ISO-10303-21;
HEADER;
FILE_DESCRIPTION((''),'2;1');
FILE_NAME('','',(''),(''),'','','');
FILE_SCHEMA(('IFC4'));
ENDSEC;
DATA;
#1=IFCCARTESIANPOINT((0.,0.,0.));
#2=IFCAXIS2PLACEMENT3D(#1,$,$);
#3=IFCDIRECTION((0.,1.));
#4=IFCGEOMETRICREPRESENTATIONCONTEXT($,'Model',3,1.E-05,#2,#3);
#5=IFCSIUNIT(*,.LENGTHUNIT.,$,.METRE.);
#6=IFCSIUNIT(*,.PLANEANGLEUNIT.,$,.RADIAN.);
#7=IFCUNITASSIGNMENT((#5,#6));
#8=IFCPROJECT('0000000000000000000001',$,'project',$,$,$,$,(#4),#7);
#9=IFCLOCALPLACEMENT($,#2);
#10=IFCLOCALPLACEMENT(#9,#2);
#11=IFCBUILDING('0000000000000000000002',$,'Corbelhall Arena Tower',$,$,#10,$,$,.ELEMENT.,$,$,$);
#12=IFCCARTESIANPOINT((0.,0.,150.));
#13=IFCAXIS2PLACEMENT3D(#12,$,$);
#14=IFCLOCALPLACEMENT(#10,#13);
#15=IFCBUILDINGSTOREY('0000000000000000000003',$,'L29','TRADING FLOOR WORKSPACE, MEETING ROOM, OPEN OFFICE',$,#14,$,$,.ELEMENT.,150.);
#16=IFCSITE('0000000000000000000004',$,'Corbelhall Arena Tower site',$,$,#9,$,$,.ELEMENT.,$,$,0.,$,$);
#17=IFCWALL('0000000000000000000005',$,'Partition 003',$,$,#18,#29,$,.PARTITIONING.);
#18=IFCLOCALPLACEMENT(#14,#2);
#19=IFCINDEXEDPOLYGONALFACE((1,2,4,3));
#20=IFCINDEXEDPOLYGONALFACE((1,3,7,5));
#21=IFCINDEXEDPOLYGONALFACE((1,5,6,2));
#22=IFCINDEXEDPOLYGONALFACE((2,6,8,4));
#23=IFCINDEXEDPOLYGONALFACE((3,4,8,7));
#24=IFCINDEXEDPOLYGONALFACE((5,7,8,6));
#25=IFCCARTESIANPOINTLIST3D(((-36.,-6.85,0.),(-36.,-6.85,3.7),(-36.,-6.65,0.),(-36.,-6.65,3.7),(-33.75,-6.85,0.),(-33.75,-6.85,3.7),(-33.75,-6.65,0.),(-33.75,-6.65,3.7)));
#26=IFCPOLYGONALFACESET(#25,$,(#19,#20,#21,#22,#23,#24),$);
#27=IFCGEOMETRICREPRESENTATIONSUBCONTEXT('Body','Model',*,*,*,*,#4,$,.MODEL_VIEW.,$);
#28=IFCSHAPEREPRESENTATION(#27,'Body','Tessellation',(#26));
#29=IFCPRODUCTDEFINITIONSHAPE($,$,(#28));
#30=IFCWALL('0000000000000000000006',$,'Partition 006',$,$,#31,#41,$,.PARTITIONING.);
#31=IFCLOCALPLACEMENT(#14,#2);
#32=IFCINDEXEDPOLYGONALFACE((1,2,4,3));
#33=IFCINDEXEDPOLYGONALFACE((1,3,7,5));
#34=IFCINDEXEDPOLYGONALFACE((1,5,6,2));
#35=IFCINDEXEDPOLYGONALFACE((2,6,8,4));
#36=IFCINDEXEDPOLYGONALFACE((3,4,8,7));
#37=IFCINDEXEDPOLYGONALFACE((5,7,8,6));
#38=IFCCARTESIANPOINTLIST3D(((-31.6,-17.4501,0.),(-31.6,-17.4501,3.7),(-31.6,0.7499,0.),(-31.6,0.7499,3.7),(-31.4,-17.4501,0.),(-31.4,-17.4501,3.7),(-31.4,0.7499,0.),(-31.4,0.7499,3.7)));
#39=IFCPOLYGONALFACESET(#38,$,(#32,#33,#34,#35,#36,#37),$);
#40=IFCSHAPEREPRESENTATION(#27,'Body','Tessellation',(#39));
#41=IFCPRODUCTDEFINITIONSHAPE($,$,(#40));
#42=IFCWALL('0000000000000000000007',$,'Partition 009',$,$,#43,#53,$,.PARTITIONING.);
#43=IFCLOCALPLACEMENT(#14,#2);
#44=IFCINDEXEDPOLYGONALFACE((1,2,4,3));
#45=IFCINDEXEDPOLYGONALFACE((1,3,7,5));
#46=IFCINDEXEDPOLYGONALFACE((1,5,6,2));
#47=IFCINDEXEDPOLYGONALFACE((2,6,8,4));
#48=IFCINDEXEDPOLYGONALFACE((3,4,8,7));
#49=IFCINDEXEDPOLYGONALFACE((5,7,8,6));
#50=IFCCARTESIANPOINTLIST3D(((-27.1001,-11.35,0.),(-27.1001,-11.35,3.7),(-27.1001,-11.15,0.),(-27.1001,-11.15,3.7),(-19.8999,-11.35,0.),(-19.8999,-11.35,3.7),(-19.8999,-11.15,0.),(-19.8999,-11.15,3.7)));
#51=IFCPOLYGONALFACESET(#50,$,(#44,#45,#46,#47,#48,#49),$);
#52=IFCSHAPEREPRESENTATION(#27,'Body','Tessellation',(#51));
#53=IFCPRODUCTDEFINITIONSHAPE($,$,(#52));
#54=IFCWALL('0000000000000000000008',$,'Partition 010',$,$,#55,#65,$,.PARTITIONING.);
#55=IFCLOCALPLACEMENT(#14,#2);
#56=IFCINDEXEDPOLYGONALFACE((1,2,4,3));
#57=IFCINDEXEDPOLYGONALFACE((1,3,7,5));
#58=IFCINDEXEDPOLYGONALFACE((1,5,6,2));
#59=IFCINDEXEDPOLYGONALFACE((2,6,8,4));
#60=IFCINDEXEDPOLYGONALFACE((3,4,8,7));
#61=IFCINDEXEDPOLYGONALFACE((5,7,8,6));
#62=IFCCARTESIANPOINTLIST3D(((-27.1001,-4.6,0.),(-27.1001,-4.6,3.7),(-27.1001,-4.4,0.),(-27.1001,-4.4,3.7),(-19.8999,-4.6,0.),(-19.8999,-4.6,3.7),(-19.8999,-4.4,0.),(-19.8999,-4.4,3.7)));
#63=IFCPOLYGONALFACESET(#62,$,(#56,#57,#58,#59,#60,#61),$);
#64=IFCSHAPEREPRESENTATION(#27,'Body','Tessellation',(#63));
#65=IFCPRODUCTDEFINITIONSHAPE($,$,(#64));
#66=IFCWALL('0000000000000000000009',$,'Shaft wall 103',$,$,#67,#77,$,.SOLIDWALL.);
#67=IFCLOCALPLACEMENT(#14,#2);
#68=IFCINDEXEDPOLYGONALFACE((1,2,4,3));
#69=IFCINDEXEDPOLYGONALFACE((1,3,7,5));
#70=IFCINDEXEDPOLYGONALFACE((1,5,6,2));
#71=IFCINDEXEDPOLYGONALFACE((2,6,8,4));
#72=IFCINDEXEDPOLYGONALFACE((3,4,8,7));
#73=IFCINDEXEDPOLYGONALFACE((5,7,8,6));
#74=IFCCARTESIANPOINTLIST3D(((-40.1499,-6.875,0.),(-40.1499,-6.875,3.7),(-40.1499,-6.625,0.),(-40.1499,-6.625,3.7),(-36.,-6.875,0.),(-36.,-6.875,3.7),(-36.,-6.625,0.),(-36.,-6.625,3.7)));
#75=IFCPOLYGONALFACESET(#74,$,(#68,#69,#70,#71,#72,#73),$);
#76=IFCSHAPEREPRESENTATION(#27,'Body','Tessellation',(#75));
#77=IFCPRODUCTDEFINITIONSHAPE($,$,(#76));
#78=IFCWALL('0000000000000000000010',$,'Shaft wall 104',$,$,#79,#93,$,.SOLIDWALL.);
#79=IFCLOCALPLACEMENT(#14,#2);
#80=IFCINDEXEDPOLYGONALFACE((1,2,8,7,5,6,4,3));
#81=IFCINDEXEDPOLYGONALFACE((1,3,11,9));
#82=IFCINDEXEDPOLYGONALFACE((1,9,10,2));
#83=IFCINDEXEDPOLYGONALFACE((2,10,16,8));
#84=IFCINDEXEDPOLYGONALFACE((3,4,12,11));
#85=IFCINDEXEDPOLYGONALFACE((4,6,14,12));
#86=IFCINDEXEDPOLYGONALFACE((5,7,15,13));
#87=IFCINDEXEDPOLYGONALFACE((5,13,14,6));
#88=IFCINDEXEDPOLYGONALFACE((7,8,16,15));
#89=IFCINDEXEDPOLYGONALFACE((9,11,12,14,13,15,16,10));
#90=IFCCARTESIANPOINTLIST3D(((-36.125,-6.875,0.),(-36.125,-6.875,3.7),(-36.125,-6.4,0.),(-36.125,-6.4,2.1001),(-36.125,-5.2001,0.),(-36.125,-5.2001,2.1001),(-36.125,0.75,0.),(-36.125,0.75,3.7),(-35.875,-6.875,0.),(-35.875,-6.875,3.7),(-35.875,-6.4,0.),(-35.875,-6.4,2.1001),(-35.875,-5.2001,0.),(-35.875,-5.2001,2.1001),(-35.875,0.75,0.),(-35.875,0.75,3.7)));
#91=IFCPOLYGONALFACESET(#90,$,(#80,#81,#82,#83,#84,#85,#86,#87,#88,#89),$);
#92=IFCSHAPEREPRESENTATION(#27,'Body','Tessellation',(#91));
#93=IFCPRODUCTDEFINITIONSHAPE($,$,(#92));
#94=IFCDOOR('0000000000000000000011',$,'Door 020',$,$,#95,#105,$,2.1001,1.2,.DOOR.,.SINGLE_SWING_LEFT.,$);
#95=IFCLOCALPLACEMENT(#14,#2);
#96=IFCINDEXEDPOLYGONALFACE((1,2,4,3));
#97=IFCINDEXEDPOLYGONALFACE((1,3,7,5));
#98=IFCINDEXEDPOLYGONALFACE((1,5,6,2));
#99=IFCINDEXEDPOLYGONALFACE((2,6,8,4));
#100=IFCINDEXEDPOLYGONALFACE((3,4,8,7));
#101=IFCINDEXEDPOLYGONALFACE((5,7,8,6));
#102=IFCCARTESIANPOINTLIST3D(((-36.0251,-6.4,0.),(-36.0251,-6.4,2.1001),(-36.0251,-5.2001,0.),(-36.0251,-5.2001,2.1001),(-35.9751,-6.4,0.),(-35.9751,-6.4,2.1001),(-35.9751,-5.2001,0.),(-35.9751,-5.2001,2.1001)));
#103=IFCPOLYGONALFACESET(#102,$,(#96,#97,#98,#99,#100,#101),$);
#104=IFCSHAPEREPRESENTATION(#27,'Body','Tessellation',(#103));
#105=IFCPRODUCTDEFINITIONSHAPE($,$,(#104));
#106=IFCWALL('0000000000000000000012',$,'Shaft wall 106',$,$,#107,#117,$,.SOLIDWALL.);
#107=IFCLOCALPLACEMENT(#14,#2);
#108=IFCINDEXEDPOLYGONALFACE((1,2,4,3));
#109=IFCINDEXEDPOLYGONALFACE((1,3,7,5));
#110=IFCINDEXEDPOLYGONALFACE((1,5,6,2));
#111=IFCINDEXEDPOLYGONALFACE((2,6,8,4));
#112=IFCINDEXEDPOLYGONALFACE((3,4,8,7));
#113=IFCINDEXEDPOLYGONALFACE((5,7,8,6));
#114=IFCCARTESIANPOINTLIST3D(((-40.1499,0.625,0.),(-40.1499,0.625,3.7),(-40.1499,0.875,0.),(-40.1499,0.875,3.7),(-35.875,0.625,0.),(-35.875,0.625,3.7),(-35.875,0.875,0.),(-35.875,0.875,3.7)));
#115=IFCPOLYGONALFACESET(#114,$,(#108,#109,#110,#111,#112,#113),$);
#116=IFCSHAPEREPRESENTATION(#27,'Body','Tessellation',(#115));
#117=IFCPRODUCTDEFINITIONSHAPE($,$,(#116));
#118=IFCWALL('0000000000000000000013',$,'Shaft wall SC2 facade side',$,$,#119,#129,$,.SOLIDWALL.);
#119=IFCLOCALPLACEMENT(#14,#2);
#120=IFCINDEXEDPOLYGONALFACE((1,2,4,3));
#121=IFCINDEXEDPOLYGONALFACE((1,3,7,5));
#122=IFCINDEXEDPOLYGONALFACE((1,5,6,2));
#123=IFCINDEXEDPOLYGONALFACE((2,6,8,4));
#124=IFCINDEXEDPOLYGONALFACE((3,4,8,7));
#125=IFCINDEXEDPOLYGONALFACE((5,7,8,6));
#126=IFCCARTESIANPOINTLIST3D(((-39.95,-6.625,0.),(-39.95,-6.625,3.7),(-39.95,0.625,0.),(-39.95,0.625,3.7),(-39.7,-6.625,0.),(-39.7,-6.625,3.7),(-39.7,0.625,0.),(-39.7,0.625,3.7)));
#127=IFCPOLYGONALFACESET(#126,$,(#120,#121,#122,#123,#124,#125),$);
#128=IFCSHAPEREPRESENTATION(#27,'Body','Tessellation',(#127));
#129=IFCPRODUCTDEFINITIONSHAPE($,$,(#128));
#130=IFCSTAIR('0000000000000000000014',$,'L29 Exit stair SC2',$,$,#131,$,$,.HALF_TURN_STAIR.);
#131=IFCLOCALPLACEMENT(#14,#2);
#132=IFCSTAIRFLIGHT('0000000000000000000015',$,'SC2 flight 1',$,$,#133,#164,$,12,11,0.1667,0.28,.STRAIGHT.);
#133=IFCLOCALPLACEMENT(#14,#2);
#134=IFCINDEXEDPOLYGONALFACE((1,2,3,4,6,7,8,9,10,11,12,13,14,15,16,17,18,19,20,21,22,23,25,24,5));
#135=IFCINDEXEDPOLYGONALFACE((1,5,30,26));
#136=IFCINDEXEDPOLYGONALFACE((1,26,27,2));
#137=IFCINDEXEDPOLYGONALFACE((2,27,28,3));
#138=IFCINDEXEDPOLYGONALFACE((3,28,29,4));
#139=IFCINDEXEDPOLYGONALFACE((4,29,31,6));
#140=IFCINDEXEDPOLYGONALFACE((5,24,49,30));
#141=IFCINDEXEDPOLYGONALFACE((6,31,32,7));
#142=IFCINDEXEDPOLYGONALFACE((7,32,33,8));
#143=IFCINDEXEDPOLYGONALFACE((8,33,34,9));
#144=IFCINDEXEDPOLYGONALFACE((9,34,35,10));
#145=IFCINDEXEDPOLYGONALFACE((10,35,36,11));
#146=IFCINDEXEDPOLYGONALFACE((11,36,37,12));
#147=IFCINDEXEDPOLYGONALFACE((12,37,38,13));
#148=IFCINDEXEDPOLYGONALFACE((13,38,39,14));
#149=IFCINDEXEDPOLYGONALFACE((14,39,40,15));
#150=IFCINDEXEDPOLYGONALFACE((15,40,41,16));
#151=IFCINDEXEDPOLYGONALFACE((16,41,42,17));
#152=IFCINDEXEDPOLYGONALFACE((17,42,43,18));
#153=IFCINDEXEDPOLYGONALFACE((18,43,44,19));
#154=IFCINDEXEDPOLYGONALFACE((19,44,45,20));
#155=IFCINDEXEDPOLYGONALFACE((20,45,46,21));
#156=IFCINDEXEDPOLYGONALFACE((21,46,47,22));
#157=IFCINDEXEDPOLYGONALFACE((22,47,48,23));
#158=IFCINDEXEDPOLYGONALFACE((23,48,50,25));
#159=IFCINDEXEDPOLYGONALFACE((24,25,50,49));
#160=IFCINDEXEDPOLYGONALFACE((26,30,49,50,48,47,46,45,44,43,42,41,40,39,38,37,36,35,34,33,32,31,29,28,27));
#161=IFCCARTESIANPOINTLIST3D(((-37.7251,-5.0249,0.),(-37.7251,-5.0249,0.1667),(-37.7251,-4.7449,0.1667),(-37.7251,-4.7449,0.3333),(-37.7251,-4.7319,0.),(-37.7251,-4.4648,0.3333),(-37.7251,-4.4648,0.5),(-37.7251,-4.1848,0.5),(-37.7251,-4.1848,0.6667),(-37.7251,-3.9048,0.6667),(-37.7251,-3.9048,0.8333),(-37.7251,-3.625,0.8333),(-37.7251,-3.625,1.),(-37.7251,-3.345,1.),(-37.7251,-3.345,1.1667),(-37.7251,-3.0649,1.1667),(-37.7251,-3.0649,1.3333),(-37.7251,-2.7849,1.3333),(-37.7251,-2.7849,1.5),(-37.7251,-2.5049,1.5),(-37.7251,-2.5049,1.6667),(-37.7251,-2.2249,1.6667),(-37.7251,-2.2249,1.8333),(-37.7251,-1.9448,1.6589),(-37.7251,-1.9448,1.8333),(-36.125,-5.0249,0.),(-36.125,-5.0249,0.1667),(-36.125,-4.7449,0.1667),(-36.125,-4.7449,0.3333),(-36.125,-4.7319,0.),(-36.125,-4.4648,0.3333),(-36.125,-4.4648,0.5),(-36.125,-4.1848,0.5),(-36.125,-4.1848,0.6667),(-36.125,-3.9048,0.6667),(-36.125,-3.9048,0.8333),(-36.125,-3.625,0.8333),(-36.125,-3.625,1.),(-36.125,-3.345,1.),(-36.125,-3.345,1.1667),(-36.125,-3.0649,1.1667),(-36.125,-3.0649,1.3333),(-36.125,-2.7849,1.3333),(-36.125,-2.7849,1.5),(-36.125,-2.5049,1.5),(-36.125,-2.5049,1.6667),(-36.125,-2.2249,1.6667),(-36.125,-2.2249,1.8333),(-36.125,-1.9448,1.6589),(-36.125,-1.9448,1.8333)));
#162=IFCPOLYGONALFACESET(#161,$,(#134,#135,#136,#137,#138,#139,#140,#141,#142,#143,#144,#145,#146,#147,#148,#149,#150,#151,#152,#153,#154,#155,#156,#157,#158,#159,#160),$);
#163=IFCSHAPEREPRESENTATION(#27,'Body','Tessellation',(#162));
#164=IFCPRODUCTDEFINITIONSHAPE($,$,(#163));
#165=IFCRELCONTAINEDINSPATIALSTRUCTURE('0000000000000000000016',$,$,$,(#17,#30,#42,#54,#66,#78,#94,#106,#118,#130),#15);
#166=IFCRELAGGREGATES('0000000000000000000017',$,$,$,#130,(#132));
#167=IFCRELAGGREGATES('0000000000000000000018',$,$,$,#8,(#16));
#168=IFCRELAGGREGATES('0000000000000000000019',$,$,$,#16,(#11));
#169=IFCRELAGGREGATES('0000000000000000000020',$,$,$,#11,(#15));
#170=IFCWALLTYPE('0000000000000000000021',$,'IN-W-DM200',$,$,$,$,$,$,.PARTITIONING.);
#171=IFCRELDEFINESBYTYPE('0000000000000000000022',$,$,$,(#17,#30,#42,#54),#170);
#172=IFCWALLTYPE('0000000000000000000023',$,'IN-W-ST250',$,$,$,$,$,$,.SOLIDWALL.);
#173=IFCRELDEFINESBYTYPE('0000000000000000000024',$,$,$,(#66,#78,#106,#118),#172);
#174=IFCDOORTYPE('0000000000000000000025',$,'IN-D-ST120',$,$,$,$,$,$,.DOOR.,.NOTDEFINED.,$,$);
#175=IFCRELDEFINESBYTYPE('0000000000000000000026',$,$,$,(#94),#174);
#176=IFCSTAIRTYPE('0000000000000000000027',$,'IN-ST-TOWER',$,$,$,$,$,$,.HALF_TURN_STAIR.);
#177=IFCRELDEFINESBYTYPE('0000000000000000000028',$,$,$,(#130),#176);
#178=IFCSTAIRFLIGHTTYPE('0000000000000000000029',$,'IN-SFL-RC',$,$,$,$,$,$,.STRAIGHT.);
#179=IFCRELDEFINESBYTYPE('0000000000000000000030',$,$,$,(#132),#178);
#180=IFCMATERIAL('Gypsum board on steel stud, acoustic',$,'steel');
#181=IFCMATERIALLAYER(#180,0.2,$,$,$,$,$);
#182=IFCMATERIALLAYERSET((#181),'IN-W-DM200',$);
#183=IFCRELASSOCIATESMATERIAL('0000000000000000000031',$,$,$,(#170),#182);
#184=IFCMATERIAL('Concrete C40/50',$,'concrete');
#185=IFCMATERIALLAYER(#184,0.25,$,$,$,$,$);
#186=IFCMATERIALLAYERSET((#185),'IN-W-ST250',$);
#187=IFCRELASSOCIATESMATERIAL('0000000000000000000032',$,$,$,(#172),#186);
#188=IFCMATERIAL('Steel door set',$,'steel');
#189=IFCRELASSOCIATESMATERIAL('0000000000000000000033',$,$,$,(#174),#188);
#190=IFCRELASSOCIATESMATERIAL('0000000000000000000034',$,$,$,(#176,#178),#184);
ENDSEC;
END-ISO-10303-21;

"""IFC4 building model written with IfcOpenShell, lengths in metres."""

from ifc_helpers import new_model, si_unit, direction, frame, frame_2d, origin, place, context, subcontext, project, spatial, polyline, rectangle, outline, extrude, material, layer, layer_set, type_object, element, fill, aggregate, save


model = new_model("IFC4")

# Units and contexts
model_context = context("Model", 3, precision=1e-05, world=origin(), true_north=direction((0.0, 1.0)))
body_context = subcontext(model_context, "Body", "Model", "MODEL_VIEW")
ifc_project = project(units=[si_unit("LENGTHUNIT", "METRE"), si_unit("PLANEANGLEUNIT", "RADIAN")], contexts=[model_context])

# Site, building, storey
site_placement = place(None, origin())
site = spatial("IfcSite", under=ifc_project, at=site_placement, Name="Corbelhall Arena Tower site", CompositionType="ELEMENT", RefElevation=0.0)
building_placement = place(site_placement, origin())
building = spatial("IfcBuilding", under=site, at=building_placement, Name="Corbelhall Arena Tower", CompositionType="ELEMENT")
storey_placement = place(building_placement, frame((0.0, 0.0, 150.0)))
storey = spatial("IfcBuildingStorey", under=building, at=storey_placement, Name="L29", Description="TRADING FLOOR WORKSPACE, MEETING ROOM, OPEN OFFICE", CompositionType="ELEMENT", Elevation=150.0)

# Wall
ifc_material_1 = material(Name="Gypsum board on steel stud, acoustic", Category="steel")
ifc_layer_1 = layer(ifc_material_1, 0.2)
ifc_layer_set_1 = layer_set([ifc_layer_1], Name="IN-W-DM200")
wall_type_1 = type_object("IfcWallType", Name="IN-W-DM200", PredefinedType="PARTITIONING", material=ifc_layer_set_1)
wall_1_placement = place(storey_placement, frame((-33.75, -6.75, 0.0), z_axis=(0.0, 0.0, 1.0), x_axis=(-1.0, 0.0, 0.0)))
element("IfcWall", 1, at=wall_1_placement, inside=storey, type_object=wall_type_1, Name="Partition 003", PredefinedType="PARTITIONING", context=body_context, shape_type="SweptSolid", body=[
    extrude(rectangle(XDim=2.25, YDim=0.2, at=frame_2d((1.125, 0.0))), origin(), (0.0, 0.0, 1.0), 3.7),
])

# Shared definitions
ifc_material_2 = material(Name="Steel door set", Category="steel")

# Walls
wall_2_placement = place(storey_placement, frame((-31.5, 0.75, 0.0), z_axis=(0.0, 0.0, 1.0), x_axis=(0.0, -1.0, 0.0)))
element("IfcWall", 2, at=wall_2_placement, inside=storey, type_object=wall_type_1, Name="Partition 006", PredefinedType="PARTITIONING", context=body_context, shape_type="SweptSolid", body=[
    extrude(rectangle(XDim=18.2, YDim=0.2, at=frame_2d((9.1001, 0.0))), origin(), (0.0, 0.0, 1.0), 3.7),
])
for number, where, z_axis, x_axis, name in (
    (3, (-27.1001, -11.25, 0.0), (0.0, 0.0, 1.0), (1.0, 0.0, 0.0), "Partition 009"),
    (4, (-27.1001, -4.5, 0.0), (0.0, 0.0, 1.0), (1.0, 0.0, 0.0), "Partition 010"),
):
    element("IfcWall", number, at=place(storey_placement, frame(where, z_axis=z_axis, x_axis=x_axis)), inside=storey, type_object=wall_type_1, Name=name, PredefinedType="PARTITIONING", context=body_context, shape_type="SweptSolid", body=[
        extrude(rectangle(XDim=7.2002, YDim=0.2, at=frame_2d((3.6001, 0.0))), origin(), (0.0, 0.0, 1.0), 3.7),
    ])
ifc_material_3 = material(Name="Concrete C40/50", Category="concrete")
ifc_layer_2 = layer(ifc_material_3, 0.25)
ifc_layer_set_2 = layer_set([ifc_layer_2], Name="IN-W-ST250")
wall_type_2 = type_object("IfcWallType", Name="IN-W-ST250", PredefinedType="SOLIDWALL", material=ifc_layer_set_2)
wall_3_placement = place(storey_placement, frame((-36.0, -6.75, 0.0), z_axis=(0.0, 0.0, 1.0), x_axis=(-1.0, 0.0, 0.0)))
element("IfcWall", 5, at=wall_3_placement, inside=storey, type_object=wall_type_2, Name="Shaft wall 103", PredefinedType="SOLIDWALL", context=body_context, shape_type="SweptSolid", body=[
    extrude(rectangle(XDim=4.1499, YDim=0.25, at=frame_2d((2.075, 0.0))), origin(), (0.0, 0.0, 1.0), 3.7),
])

# Wall, opening, door
wall_4_placement = place(storey_placement, frame((-36.0, 0.75, 0.0), z_axis=(0.0, 0.0, 1.0), x_axis=(0.0, -1.0, 0.0)))
wall_4 = element("IfcWall", 6, at=wall_4_placement, inside=storey, type_object=wall_type_2, Name="Shaft wall 104", PredefinedType="SOLIDWALL", context=body_context, shape_type="SweptSolid", body=[
    extrude(rectangle(XDim=7.625, YDim=0.25, at=frame_2d((3.8125, 0.0))), origin(), (0.0, 0.0, 1.0), 3.7),
])
opening_1_placement = place(wall_4_placement, frame((5.95, 0.0, 0.0)))
opening_1 = element("IfcOpeningElement", 7, at=opening_1_placement, cuts=wall_4, PredefinedType="OPENING", context=body_context, shape_type="SweptSolid", body=[
    extrude(rectangle(XDim=1.2, YDim=2.1001, at=frame_2d((0.6001, 1.05))), frame((0.0, 0.125, 0.0), z_axis=(0.0, -1.0, 0.0), x_axis=(1.0, 0.0, 0.0)), (0.0, 0.0, 1.0), 0.25),
])
door_type_1 = type_object("IfcDoorType", Name="IN-D-ST120", OperationType="NOTDEFINED", PredefinedType="DOOR", material=ifc_material_2)
door_1_placement = place(opening_1_placement, origin())
door_1 = element("IfcDoor", 8, at=door_1_placement, inside=storey, type_object=door_type_1, Name="Door 020", OperationType="SINGLE_SWING_LEFT", OverallHeight=2.1001, OverallWidth=1.2, PredefinedType="DOOR", context=body_context, shape_type="SweptSolid", body=[
    extrude(rectangle(XDim=1.2, YDim=2.1001, at=frame_2d((0.6001, 1.05))), frame((0.0, 0.0249, 0.0), z_axis=(0.0, -1.0, 0.0), x_axis=(1.0, 0.0, 0.0)), (0.0, 0.0, 1.0), 0.05),
])
fill(opening_1, door_1)

# Walls
wall_5_placement = place(storey_placement, frame((-35.875, 0.75, 0.0), z_axis=(0.0, 0.0, 1.0), x_axis=(-1.0, 0.0, 0.0)))
element("IfcWall", 9, at=wall_5_placement, inside=storey, type_object=wall_type_2, Name="Shaft wall 106", PredefinedType="SOLIDWALL", context=body_context, shape_type="SweptSolid", body=[
    extrude(rectangle(XDim=4.2749, YDim=0.25, at=frame_2d((2.1375, 0.0))), origin(), (0.0, 0.0, 1.0), 3.7),
])
wall_6_placement = place(storey_placement, frame((-39.825, -6.625, 0.0), z_axis=(0.0, 0.0, 1.0), x_axis=(0.0, 1.0, 0.0)))
element("IfcWall", 10, at=wall_6_placement, inside=storey, type_object=wall_type_2, Name="Shaft wall SC2 facade side", PredefinedType="SOLIDWALL", context=body_context, shape_type="SweptSolid", body=[
    extrude(rectangle(XDim=7.25, YDim=0.25, at=frame_2d((3.625, 0.0))), origin(), (0.0, 0.0, 1.0), 3.7),
])

# Stair, stair flight
stair_type = type_object("IfcStairType", Name="IN-ST-TOWER", PredefinedType="HALF_TURN_STAIR", material=ifc_material_3)
stair_placement = place(storey_placement, origin())
stair = element("IfcStair", 11, at=stair_placement, inside=storey, type_object=stair_type, Name="L29 Exit stair SC2", PredefinedType="HALF_TURN_STAIR")
stair_flight_type = type_object("IfcStairFlightType", Name="IN-SFL-RC", PredefinedType="STRAIGHT", material=ifc_material_3)
stair_flight_1_placement = place(storey_placement, frame((-36.925, -5.0249, 0.0), z_axis=(0.0, 0.0, 1.0), x_axis=(0.0, 1.0, 0.0)))
stair_flight_1 = element("IfcStairFlight", 12, at=stair_flight_1_placement, type_object=stair_flight_type, Name="SC2 flight 1", NumberOfRisers=12, NumberOfTreads=11, PredefinedType="STRAIGHT", RiserHeight=0.1667, TreadLength=0.28, context=body_context, shape_type="SweptSolid", body=[
    extrude(outline(polyline([(0.0, 0.0), (0.0, 0.1667), (0.28, 0.1667), (0.28, 0.3333), (0.5601, 0.3333), (0.5601, 0.5), (0.8401, 0.5), (0.8401, 0.6667), (1.1201, 0.6667), (1.1201, 0.8333), (1.3999, 0.8333), (1.3999, 1.0), (1.6799, 1.0), (1.6799, 1.1667), (1.96, 1.1667), (1.96, 1.3333), (2.24, 1.3333), (2.24, 1.5), (2.52, 1.5), (2.52, 1.6667), (2.8, 1.6667), (2.8, 1.8333), (3.0801, 1.8333), (3.0801, 2.0), (3.0801, 1.6589), (0.293, 0.0), (0.0, 0.0)])), frame((0.0, 0.8, 0.0), z_axis=(0.0, -1.0, 0.0), x_axis=(1.0, 0.0, 0.0)), (0.0, 0.0, 1.0), 1.6001),
])
aggregate(stair, [stair_flight_1])

save(model, "model.ifc")
